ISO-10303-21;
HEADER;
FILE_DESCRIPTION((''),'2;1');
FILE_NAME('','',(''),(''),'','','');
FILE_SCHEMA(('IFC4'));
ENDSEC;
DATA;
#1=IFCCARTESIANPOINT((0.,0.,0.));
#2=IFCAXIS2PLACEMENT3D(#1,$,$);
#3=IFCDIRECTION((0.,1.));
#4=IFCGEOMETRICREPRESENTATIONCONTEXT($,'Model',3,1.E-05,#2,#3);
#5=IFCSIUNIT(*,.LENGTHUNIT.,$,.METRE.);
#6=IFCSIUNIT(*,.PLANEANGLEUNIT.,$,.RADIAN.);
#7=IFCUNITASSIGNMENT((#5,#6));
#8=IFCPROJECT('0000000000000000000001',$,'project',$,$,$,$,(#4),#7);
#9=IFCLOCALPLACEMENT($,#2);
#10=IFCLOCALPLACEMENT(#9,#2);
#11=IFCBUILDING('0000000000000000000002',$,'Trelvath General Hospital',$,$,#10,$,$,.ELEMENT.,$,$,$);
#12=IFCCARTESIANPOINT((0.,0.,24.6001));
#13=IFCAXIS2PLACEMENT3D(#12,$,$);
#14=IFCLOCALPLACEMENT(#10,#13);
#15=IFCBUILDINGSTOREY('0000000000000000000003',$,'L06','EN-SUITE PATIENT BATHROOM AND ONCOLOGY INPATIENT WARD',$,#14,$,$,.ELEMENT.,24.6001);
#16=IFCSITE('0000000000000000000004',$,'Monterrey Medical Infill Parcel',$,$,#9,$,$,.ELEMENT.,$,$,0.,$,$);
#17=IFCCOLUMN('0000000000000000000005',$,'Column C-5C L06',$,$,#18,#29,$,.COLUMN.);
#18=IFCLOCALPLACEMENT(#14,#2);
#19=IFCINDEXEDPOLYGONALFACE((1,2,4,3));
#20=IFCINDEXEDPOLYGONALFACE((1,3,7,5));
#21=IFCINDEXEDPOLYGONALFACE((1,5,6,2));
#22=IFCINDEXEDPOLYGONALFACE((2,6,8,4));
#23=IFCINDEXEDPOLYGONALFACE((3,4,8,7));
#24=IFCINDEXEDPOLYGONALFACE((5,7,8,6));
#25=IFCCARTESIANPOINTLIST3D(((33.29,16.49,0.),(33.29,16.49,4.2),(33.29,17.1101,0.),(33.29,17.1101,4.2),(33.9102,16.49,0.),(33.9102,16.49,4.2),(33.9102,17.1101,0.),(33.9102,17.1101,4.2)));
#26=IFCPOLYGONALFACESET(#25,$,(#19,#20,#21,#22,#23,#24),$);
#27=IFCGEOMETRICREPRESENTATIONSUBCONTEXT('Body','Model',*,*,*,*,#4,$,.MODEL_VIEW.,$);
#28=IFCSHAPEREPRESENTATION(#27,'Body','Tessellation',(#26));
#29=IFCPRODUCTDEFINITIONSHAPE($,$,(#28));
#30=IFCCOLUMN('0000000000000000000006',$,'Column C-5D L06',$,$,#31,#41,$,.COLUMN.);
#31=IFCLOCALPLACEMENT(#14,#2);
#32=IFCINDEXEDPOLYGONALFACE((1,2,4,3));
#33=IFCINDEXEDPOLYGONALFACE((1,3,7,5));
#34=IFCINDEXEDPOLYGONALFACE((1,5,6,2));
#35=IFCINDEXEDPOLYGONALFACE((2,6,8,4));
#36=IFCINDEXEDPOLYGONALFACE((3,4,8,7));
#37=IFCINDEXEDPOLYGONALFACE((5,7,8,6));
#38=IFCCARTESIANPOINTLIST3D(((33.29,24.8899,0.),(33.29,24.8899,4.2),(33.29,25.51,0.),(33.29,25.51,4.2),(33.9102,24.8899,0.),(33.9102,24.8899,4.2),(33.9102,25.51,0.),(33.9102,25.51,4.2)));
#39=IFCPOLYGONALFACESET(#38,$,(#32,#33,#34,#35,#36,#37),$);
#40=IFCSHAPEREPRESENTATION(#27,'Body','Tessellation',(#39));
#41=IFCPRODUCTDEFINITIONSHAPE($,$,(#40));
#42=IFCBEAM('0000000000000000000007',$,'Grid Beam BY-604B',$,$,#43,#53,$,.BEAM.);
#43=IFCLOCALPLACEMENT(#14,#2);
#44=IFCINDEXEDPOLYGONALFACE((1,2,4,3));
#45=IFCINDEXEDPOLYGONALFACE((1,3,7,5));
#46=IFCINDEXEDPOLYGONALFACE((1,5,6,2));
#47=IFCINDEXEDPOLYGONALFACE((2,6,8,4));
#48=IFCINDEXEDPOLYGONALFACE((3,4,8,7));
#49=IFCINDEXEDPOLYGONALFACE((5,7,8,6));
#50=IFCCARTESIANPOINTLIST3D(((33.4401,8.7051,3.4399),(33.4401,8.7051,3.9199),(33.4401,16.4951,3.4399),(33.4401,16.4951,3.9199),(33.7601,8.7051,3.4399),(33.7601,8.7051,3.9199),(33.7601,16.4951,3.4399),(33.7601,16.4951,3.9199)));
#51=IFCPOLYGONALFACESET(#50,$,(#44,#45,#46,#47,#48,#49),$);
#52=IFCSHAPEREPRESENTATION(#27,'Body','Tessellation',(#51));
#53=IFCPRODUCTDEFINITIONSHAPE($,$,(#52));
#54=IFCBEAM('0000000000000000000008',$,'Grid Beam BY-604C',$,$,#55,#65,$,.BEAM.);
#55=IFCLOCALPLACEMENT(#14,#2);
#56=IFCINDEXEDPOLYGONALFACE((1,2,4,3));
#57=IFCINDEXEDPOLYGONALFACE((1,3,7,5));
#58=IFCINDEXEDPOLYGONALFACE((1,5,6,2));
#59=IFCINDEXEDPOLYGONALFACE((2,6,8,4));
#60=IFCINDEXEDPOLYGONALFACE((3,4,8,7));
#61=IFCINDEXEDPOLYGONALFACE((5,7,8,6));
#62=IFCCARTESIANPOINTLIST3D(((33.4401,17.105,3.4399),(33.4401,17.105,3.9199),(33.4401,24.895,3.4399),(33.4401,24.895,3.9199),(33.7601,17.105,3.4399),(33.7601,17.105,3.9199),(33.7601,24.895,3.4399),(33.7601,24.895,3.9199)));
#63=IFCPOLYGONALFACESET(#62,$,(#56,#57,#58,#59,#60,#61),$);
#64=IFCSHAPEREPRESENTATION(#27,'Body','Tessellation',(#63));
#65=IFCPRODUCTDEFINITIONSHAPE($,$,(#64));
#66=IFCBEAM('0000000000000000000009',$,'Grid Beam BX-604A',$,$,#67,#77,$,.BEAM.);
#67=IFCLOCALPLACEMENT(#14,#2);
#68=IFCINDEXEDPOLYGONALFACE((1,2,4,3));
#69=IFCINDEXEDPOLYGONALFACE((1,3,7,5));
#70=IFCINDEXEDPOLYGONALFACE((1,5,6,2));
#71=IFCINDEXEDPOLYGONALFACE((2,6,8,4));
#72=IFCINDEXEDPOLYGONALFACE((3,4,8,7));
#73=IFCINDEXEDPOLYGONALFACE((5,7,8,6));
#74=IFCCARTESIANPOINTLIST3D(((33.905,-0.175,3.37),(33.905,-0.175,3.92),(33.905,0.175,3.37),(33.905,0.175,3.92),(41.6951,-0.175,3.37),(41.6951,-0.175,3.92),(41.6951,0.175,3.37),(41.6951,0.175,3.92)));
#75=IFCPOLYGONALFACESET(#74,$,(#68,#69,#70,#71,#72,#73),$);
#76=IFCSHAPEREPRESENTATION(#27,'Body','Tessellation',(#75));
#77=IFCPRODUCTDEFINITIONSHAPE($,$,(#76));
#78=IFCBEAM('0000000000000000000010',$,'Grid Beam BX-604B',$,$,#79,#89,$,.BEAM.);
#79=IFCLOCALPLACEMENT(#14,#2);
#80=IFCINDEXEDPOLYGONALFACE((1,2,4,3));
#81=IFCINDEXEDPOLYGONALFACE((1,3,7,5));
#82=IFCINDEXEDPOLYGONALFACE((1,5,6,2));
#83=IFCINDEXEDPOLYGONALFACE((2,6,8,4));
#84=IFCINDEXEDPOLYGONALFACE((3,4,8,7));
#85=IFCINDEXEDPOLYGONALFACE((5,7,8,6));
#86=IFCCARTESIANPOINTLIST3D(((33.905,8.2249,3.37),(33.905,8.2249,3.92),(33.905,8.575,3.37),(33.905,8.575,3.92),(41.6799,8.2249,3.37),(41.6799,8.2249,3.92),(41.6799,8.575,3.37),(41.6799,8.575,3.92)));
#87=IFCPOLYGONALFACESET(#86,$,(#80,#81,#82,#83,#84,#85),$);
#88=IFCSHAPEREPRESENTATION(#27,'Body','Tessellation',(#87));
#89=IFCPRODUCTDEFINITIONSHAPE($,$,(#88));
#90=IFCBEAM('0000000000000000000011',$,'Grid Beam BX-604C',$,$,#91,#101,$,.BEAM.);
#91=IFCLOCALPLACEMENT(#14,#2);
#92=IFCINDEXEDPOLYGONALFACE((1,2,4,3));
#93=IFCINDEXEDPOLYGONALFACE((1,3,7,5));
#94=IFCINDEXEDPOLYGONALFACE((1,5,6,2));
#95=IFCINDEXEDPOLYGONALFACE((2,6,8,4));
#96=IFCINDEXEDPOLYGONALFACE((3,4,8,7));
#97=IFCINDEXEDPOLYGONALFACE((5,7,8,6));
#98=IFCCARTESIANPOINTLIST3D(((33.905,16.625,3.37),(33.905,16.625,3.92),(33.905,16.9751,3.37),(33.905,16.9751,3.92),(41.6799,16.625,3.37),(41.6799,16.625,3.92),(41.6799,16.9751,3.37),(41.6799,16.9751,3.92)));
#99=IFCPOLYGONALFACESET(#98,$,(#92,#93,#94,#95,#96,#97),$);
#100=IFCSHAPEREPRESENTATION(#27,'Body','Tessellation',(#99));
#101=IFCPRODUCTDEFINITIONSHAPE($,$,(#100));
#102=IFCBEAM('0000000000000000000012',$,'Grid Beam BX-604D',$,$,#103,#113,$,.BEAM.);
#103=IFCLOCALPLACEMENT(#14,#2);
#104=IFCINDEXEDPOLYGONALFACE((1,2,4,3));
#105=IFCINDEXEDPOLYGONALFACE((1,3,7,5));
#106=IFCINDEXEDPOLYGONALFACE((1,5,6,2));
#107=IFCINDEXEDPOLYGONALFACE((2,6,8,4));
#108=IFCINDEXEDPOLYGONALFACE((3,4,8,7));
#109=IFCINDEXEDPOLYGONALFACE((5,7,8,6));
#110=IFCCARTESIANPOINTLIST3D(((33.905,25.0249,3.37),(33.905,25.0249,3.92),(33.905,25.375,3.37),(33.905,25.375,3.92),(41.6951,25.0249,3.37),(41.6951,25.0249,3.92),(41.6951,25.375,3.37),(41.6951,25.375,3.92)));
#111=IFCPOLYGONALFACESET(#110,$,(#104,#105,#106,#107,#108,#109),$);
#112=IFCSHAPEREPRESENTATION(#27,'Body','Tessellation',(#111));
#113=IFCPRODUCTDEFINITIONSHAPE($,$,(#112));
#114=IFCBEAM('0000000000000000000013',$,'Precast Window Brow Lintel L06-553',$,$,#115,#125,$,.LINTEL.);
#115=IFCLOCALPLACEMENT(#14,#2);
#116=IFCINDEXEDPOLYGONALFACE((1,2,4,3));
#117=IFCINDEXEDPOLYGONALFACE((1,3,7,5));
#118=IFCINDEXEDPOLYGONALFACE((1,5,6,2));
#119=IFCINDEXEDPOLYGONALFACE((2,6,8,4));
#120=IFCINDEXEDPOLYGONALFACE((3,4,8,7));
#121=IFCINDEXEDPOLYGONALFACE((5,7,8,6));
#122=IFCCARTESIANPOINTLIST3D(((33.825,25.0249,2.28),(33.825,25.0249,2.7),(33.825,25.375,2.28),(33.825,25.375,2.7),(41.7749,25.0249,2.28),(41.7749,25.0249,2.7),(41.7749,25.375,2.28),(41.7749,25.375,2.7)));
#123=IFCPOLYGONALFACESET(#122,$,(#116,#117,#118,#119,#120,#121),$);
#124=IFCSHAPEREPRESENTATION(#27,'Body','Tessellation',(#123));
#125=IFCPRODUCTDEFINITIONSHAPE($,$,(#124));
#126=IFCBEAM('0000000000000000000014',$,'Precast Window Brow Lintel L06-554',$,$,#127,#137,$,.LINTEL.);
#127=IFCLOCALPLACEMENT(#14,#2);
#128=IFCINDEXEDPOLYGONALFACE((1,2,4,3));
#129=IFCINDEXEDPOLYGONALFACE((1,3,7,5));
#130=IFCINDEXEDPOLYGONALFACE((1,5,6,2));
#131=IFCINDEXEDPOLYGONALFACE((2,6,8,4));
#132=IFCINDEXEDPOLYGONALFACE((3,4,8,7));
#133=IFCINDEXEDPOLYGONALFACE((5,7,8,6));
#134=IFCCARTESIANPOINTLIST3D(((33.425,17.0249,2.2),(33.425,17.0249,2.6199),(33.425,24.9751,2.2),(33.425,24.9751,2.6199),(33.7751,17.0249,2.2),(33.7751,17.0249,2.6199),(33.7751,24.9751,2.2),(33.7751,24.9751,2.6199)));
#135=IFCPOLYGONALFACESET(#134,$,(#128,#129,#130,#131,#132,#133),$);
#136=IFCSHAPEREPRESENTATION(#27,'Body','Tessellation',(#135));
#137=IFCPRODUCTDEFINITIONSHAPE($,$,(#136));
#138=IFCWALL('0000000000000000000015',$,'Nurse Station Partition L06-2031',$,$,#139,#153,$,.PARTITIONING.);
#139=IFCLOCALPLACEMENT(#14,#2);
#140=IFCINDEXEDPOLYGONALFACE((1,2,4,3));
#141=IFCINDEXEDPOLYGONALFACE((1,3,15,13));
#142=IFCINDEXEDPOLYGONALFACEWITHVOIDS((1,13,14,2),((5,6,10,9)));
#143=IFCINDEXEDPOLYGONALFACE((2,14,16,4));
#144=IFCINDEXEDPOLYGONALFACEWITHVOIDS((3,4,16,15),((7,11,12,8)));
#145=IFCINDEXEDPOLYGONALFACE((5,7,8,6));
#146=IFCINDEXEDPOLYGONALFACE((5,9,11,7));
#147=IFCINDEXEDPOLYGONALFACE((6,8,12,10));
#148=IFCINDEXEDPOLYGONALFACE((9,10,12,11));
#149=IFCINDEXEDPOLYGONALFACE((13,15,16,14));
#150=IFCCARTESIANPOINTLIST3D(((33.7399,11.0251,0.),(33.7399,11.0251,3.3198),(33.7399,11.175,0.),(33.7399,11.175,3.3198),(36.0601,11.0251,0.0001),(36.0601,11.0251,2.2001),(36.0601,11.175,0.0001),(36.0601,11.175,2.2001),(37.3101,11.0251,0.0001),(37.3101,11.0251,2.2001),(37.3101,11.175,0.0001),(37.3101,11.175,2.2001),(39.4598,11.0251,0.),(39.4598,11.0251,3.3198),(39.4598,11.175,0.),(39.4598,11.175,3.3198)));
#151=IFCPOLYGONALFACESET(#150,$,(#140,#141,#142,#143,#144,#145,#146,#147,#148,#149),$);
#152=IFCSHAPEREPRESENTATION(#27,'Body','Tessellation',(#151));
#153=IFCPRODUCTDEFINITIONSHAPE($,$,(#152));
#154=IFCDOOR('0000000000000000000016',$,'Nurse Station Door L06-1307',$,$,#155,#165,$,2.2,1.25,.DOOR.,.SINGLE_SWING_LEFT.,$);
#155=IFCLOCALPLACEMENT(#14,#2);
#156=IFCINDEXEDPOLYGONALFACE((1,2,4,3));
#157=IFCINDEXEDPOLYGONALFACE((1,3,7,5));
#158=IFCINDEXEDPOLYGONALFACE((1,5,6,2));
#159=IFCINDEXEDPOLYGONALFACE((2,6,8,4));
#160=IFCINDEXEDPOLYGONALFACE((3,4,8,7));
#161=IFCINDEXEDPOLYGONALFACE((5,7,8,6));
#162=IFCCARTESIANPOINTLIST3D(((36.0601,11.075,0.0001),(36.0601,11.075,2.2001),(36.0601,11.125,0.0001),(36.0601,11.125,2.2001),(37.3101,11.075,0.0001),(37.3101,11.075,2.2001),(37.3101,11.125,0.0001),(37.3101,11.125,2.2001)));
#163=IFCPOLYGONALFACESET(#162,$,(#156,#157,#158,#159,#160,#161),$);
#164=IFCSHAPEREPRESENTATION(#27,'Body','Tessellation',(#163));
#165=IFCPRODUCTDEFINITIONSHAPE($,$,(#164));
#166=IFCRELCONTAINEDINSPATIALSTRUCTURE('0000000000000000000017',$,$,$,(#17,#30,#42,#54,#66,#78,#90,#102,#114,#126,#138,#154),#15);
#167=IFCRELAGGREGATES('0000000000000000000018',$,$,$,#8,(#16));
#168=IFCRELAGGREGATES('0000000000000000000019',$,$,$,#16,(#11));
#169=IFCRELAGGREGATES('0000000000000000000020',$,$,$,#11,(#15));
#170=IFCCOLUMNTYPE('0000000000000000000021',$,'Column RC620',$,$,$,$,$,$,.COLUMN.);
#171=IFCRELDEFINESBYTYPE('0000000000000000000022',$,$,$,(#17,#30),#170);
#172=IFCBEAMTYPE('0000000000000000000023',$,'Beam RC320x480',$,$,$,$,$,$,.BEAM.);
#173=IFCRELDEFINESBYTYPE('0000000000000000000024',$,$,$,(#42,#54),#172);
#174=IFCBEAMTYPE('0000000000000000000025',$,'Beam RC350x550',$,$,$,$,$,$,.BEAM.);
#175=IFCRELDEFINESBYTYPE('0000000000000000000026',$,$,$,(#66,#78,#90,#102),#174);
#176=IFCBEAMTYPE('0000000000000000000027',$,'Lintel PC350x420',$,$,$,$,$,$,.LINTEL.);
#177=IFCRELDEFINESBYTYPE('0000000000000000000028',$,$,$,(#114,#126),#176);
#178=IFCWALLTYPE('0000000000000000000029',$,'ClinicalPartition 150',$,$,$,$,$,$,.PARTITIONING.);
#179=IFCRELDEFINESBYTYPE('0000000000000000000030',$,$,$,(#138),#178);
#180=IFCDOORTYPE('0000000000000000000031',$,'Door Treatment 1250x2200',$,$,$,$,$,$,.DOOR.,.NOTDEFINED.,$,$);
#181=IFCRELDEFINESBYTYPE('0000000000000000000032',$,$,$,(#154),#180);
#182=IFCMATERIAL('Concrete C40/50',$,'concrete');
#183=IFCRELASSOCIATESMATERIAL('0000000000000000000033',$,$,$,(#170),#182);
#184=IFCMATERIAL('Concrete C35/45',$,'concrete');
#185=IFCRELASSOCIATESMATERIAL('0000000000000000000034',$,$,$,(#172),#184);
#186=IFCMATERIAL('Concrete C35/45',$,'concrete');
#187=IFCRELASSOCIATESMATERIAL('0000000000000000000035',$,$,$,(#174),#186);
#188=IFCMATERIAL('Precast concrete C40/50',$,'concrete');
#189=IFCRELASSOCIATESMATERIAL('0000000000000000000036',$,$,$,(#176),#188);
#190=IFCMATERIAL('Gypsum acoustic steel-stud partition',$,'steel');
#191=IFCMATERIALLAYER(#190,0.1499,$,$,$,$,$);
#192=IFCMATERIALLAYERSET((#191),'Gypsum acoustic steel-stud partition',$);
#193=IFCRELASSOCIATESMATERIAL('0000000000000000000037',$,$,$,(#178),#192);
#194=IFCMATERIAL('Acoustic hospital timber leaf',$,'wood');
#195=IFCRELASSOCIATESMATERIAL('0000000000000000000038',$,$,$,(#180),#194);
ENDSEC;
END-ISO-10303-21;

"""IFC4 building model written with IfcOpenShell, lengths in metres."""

from ifc_helpers import new_model, si_unit, direction, frame, frame_2d, origin, origin_2d, place, context, subcontext, project, spatial, rectangle, extrude, material, layer, layer_set, material_profile, profile_set, type_object, element, fill, save


model = new_model("IFC4")

# Units and contexts
model_context = context("Model", 3, precision=1e-05, world=origin(), true_north=direction((0.0, 1.0)))
body_context = subcontext(model_context, "Body", "Model", "MODEL_VIEW")
ifc_project = project(units=[si_unit("LENGTHUNIT", "METRE"), si_unit("PLANEANGLEUNIT", "RADIAN")], contexts=[model_context])

# Site, building, storey
site_placement = place(None, origin())
site = spatial("IfcSite", under=ifc_project, at=site_placement, Name="Monterrey Medical Infill Parcel", CompositionType="ELEMENT", RefElevation=0.0)
building_placement = place(site_placement, origin())
building = spatial("IfcBuilding", under=site, at=building_placement, Name="Trelvath General Hospital", CompositionType="ELEMENT")
storey_placement = place(building_placement, frame((0.0, 0.0, 24.6001)))
storey = spatial("IfcBuildingStorey", under=building, at=storey_placement, Name="L06", Description="EN-SUITE PATIENT BATHROOM AND ONCOLOGY INPATIENT WARD", CompositionType="ELEMENT", Elevation=24.6001)

# Columns
ifc_material_1 = material(Name="Concrete C40/50", Category="concrete")
ifc_material_profile_1 = material_profile(ifc_material_1, rectangle(XDim=0.6201, YDim=0.6201, at=origin_2d()), Name="RC620x620")
ifc_profile_set_1 = profile_set([ifc_material_profile_1], Name="Concrete C40/50")
column_type = type_object("IfcColumnType", Name="Column RC620", PredefinedType="COLUMN", material=ifc_profile_set_1)
for number, where, z_axis, x_axis, name in (
    (1, (33.6001, 16.8, 0.0), (0.0, 0.0, 1.0), (1.0, 0.0, 0.0), "Column C-5C L06"),
    (2, (33.6001, 25.2, 0.0), (0.0, 0.0, 1.0), (1.0, 0.0, 0.0), "Column C-5D L06"),
):
    element("IfcColumn", number, at=place(storey_placement, frame(where, z_axis=z_axis, x_axis=x_axis)), inside=storey, type_object=column_type, Name=name, PredefinedType="COLUMN", context=body_context, shape_type="SweptSolid", body=[
        extrude(rectangle(XDim=0.6201, YDim=0.6201, at=origin_2d()), origin(), (0.0, 0.0, 1.0), 4.2),
    ])

# Beams
ifc_material_2 = material(Name="Concrete C35/45", Category="concrete")
ifc_material_profile_2 = material_profile(ifc_material_2, rectangle(XDim=0.3201, YDim=0.48, at=origin_2d()), Name="RCB320x480")
ifc_profile_set_2 = profile_set([ifc_material_profile_2], Name="Concrete C35/45")
beam_type_1 = type_object("IfcBeamType", Name="Beam RC320x480", PredefinedType="BEAM", material=ifc_profile_set_2)
for number, where, z_axis, x_axis, name in (
    (3, (33.6001, 8.7051, 3.6799), (0.0, 1.0, 0.0), (-1.0, 0.0, 0.0), "Grid Beam BY-604B"),
    (4, (33.6001, 17.105, 3.6799), (0.0, 1.0, 0.0), (-1.0, 0.0, 0.0), "Grid Beam BY-604C"),
):
    element("IfcBeam", number, at=place(storey_placement, frame(where, z_axis=z_axis, x_axis=x_axis)), inside=storey, type_object=beam_type_1, Name=name, PredefinedType="BEAM", context=body_context, shape_type="SweptSolid", body=[
        extrude(rectangle(XDim=0.3201, YDim=0.48, at=origin_2d()), origin(), (0.0, 0.0, 1.0), 7.79),
    ])
ifc_material_3 = material(Name="Concrete C35/45", Category="concrete")
ifc_material_profile_3 = material_profile(ifc_material_3, rectangle(XDim=0.3501, YDim=0.55, at=origin_2d()), Name="RCB350x550")
ifc_profile_set_3 = profile_set([ifc_material_profile_3], Name="Concrete C35/45")
beam_type_2 = type_object("IfcBeamType", Name="Beam RC350x550", PredefinedType="BEAM", material=ifc_profile_set_3)
beam_1_placement = place(storey_placement, frame((33.905, 0.0, 3.645), z_axis=(1.0, 0.0, 0.0), x_axis=(0.0, 1.0, 0.0)))
element("IfcBeam", 5, at=beam_1_placement, inside=storey, type_object=beam_type_2, Name="Grid Beam BX-604A", PredefinedType="BEAM", context=body_context, shape_type="SweptSolid", body=[
    extrude(rectangle(XDim=0.3501, YDim=0.55, at=origin_2d()), origin(), (0.0, 0.0, 1.0), 7.79),
])
for number, where, z_axis, x_axis, name in (
    (6, (33.905, 8.3999, 3.645), (1.0, 0.0, 0.0), (0.0, 1.0, 0.0), "Grid Beam BX-604B"),
    (7, (33.905, 16.8, 3.645), (1.0, 0.0, 0.0), (0.0, 1.0, 0.0), "Grid Beam BX-604C"),
):
    element("IfcBeam", number, at=place(storey_placement, frame(where, z_axis=z_axis, x_axis=x_axis)), inside=storey, type_object=beam_type_2, Name=name, PredefinedType="BEAM", context=body_context, shape_type="SweptSolid", body=[
        extrude(rectangle(XDim=0.3501, YDim=0.55, at=origin_2d()), origin(), (0.0, 0.0, 1.0), 7.7749),
    ])
beam_2_placement = place(storey_placement, frame((33.905, 25.2, 3.645), z_axis=(1.0, 0.0, 0.0), x_axis=(0.0, 1.0, 0.0)))
element("IfcBeam", 8, at=beam_2_placement, inside=storey, type_object=beam_type_2, Name="Grid Beam BX-604D", PredefinedType="BEAM", context=body_context, shape_type="SweptSolid", body=[
    extrude(rectangle(XDim=0.3501, YDim=0.55, at=origin_2d()), origin(), (0.0, 0.0, 1.0), 7.79),
])
ifc_material_4 = material(Name="Precast concrete C40/50", Category="concrete")
ifc_material_profile_4 = material_profile(ifc_material_4, rectangle(XDim=0.3501, YDim=0.4199, at=origin_2d()), Name="PCL350x420")
ifc_profile_set_4 = profile_set([ifc_material_profile_4], Name="Precast concrete C40/50")
beam_type_3 = type_object("IfcBeamType", Name="Lintel PC350x420", PredefinedType="LINTEL", material=ifc_profile_set_4)
beam_3_placement = place(storey_placement, frame((33.825, 25.2, 2.49), z_axis=(1.0, 0.0, 0.0), x_axis=(0.0, 1.0, 0.0)))
element("IfcBeam", 9, at=beam_3_placement, inside=storey, type_object=beam_type_3, Name="Precast Window Brow Lintel L06-553", PredefinedType="LINTEL", context=body_context, shape_type="SweptSolid", body=[
    extrude(rectangle(XDim=0.3501, YDim=0.4199, at=origin_2d()), origin(), (0.0, 0.0, 1.0), 7.95),
])
beam_4_placement = place(storey_placement, frame((33.6001, 17.0249, 2.4099), z_axis=(0.0, 1.0, 0.0), x_axis=(-1.0, 0.0, 0.0)))
element("IfcBeam", 10, at=beam_4_placement, inside=storey, type_object=beam_type_3, Name="Precast Window Brow Lintel L06-554", PredefinedType="LINTEL", context=body_context, shape_type="SweptSolid", body=[
    extrude(rectangle(XDim=0.3501, YDim=0.4199, at=origin_2d()), origin(), (0.0, 0.0, 1.0), 7.9502),
])

# Wall, opening, door
ifc_material_5 = material(Name="Gypsum acoustic steel-stud partition", Category="steel")
ifc_layer_1 = layer(ifc_material_5, 0.1499)
ifc_layer_set_1 = layer_set([ifc_layer_1], Name="Gypsum acoustic steel-stud partition")
wall_type_1 = type_object("IfcWallType", Name="ClinicalPartition 150", PredefinedType="PARTITIONING", material=ifc_layer_set_1)
wall_1_placement = place(storey_placement, frame((33.74, 11.1001, 0.0), z_axis=(0.0, 0.0, 1.0), x_axis=(1.0, 0.0, 0.0)))
wall_1 = element("IfcWall", 11, at=wall_1_placement, inside=storey, type_object=wall_type_1, Name="Nurse Station Partition L06-2031", PredefinedType="PARTITIONING", context=body_context, shape_type="SweptSolid", body=[
    extrude(rectangle(XDim=5.72, YDim=0.1499, at=frame_2d((2.8599, 0.0))), origin(), (0.0, 0.0, 1.0), 3.3198),
])
opening_1_placement = place(wall_1_placement, frame((2.3201, 0.0, 0.0)))
opening_1 = element("IfcOpeningElement", 12, at=opening_1_placement, cuts=wall_1, PredefinedType="OPENING", context=body_context, shape_type="SweptSolid", body=[
    extrude(rectangle(XDim=1.25, YDim=2.2, at=frame_2d((0.625, 1.1001))), frame((0.0, 0.085, 0.0), z_axis=(0.0, -1.0, 0.0), x_axis=(1.0, 0.0, 0.0)), (0.0, 0.0, 1.0), 0.1699),
])
ifc_material_6 = material(Name="Acoustic hospital timber leaf", Category="wood")
door_type_1 = type_object("IfcDoorType", Name="Door Treatment 1250x2200", OperationType="NOTDEFINED", PredefinedType="DOOR", material=ifc_material_6)
door_1_placement = place(opening_1_placement, origin())
door_1 = element("IfcDoor", 13, at=door_1_placement, inside=storey, type_object=door_type_1, Name="Nurse Station Door L06-1307", OperationType="SINGLE_SWING_LEFT", OverallHeight=2.2, OverallWidth=1.25, PredefinedType="DOOR", context=body_context, shape_type="SweptSolid", body=[
    extrude(rectangle(XDim=1.25, YDim=2.2, at=frame_2d((0.625, 1.1001))), frame((0.0, 0.0249, 0.0), z_axis=(0.0, -1.0, 0.0), x_axis=(1.0, 0.0, 0.0)), (0.0, 0.0, 1.0), 0.05),
])
fill(opening_1, door_1)

save(model, "model.ifc")
